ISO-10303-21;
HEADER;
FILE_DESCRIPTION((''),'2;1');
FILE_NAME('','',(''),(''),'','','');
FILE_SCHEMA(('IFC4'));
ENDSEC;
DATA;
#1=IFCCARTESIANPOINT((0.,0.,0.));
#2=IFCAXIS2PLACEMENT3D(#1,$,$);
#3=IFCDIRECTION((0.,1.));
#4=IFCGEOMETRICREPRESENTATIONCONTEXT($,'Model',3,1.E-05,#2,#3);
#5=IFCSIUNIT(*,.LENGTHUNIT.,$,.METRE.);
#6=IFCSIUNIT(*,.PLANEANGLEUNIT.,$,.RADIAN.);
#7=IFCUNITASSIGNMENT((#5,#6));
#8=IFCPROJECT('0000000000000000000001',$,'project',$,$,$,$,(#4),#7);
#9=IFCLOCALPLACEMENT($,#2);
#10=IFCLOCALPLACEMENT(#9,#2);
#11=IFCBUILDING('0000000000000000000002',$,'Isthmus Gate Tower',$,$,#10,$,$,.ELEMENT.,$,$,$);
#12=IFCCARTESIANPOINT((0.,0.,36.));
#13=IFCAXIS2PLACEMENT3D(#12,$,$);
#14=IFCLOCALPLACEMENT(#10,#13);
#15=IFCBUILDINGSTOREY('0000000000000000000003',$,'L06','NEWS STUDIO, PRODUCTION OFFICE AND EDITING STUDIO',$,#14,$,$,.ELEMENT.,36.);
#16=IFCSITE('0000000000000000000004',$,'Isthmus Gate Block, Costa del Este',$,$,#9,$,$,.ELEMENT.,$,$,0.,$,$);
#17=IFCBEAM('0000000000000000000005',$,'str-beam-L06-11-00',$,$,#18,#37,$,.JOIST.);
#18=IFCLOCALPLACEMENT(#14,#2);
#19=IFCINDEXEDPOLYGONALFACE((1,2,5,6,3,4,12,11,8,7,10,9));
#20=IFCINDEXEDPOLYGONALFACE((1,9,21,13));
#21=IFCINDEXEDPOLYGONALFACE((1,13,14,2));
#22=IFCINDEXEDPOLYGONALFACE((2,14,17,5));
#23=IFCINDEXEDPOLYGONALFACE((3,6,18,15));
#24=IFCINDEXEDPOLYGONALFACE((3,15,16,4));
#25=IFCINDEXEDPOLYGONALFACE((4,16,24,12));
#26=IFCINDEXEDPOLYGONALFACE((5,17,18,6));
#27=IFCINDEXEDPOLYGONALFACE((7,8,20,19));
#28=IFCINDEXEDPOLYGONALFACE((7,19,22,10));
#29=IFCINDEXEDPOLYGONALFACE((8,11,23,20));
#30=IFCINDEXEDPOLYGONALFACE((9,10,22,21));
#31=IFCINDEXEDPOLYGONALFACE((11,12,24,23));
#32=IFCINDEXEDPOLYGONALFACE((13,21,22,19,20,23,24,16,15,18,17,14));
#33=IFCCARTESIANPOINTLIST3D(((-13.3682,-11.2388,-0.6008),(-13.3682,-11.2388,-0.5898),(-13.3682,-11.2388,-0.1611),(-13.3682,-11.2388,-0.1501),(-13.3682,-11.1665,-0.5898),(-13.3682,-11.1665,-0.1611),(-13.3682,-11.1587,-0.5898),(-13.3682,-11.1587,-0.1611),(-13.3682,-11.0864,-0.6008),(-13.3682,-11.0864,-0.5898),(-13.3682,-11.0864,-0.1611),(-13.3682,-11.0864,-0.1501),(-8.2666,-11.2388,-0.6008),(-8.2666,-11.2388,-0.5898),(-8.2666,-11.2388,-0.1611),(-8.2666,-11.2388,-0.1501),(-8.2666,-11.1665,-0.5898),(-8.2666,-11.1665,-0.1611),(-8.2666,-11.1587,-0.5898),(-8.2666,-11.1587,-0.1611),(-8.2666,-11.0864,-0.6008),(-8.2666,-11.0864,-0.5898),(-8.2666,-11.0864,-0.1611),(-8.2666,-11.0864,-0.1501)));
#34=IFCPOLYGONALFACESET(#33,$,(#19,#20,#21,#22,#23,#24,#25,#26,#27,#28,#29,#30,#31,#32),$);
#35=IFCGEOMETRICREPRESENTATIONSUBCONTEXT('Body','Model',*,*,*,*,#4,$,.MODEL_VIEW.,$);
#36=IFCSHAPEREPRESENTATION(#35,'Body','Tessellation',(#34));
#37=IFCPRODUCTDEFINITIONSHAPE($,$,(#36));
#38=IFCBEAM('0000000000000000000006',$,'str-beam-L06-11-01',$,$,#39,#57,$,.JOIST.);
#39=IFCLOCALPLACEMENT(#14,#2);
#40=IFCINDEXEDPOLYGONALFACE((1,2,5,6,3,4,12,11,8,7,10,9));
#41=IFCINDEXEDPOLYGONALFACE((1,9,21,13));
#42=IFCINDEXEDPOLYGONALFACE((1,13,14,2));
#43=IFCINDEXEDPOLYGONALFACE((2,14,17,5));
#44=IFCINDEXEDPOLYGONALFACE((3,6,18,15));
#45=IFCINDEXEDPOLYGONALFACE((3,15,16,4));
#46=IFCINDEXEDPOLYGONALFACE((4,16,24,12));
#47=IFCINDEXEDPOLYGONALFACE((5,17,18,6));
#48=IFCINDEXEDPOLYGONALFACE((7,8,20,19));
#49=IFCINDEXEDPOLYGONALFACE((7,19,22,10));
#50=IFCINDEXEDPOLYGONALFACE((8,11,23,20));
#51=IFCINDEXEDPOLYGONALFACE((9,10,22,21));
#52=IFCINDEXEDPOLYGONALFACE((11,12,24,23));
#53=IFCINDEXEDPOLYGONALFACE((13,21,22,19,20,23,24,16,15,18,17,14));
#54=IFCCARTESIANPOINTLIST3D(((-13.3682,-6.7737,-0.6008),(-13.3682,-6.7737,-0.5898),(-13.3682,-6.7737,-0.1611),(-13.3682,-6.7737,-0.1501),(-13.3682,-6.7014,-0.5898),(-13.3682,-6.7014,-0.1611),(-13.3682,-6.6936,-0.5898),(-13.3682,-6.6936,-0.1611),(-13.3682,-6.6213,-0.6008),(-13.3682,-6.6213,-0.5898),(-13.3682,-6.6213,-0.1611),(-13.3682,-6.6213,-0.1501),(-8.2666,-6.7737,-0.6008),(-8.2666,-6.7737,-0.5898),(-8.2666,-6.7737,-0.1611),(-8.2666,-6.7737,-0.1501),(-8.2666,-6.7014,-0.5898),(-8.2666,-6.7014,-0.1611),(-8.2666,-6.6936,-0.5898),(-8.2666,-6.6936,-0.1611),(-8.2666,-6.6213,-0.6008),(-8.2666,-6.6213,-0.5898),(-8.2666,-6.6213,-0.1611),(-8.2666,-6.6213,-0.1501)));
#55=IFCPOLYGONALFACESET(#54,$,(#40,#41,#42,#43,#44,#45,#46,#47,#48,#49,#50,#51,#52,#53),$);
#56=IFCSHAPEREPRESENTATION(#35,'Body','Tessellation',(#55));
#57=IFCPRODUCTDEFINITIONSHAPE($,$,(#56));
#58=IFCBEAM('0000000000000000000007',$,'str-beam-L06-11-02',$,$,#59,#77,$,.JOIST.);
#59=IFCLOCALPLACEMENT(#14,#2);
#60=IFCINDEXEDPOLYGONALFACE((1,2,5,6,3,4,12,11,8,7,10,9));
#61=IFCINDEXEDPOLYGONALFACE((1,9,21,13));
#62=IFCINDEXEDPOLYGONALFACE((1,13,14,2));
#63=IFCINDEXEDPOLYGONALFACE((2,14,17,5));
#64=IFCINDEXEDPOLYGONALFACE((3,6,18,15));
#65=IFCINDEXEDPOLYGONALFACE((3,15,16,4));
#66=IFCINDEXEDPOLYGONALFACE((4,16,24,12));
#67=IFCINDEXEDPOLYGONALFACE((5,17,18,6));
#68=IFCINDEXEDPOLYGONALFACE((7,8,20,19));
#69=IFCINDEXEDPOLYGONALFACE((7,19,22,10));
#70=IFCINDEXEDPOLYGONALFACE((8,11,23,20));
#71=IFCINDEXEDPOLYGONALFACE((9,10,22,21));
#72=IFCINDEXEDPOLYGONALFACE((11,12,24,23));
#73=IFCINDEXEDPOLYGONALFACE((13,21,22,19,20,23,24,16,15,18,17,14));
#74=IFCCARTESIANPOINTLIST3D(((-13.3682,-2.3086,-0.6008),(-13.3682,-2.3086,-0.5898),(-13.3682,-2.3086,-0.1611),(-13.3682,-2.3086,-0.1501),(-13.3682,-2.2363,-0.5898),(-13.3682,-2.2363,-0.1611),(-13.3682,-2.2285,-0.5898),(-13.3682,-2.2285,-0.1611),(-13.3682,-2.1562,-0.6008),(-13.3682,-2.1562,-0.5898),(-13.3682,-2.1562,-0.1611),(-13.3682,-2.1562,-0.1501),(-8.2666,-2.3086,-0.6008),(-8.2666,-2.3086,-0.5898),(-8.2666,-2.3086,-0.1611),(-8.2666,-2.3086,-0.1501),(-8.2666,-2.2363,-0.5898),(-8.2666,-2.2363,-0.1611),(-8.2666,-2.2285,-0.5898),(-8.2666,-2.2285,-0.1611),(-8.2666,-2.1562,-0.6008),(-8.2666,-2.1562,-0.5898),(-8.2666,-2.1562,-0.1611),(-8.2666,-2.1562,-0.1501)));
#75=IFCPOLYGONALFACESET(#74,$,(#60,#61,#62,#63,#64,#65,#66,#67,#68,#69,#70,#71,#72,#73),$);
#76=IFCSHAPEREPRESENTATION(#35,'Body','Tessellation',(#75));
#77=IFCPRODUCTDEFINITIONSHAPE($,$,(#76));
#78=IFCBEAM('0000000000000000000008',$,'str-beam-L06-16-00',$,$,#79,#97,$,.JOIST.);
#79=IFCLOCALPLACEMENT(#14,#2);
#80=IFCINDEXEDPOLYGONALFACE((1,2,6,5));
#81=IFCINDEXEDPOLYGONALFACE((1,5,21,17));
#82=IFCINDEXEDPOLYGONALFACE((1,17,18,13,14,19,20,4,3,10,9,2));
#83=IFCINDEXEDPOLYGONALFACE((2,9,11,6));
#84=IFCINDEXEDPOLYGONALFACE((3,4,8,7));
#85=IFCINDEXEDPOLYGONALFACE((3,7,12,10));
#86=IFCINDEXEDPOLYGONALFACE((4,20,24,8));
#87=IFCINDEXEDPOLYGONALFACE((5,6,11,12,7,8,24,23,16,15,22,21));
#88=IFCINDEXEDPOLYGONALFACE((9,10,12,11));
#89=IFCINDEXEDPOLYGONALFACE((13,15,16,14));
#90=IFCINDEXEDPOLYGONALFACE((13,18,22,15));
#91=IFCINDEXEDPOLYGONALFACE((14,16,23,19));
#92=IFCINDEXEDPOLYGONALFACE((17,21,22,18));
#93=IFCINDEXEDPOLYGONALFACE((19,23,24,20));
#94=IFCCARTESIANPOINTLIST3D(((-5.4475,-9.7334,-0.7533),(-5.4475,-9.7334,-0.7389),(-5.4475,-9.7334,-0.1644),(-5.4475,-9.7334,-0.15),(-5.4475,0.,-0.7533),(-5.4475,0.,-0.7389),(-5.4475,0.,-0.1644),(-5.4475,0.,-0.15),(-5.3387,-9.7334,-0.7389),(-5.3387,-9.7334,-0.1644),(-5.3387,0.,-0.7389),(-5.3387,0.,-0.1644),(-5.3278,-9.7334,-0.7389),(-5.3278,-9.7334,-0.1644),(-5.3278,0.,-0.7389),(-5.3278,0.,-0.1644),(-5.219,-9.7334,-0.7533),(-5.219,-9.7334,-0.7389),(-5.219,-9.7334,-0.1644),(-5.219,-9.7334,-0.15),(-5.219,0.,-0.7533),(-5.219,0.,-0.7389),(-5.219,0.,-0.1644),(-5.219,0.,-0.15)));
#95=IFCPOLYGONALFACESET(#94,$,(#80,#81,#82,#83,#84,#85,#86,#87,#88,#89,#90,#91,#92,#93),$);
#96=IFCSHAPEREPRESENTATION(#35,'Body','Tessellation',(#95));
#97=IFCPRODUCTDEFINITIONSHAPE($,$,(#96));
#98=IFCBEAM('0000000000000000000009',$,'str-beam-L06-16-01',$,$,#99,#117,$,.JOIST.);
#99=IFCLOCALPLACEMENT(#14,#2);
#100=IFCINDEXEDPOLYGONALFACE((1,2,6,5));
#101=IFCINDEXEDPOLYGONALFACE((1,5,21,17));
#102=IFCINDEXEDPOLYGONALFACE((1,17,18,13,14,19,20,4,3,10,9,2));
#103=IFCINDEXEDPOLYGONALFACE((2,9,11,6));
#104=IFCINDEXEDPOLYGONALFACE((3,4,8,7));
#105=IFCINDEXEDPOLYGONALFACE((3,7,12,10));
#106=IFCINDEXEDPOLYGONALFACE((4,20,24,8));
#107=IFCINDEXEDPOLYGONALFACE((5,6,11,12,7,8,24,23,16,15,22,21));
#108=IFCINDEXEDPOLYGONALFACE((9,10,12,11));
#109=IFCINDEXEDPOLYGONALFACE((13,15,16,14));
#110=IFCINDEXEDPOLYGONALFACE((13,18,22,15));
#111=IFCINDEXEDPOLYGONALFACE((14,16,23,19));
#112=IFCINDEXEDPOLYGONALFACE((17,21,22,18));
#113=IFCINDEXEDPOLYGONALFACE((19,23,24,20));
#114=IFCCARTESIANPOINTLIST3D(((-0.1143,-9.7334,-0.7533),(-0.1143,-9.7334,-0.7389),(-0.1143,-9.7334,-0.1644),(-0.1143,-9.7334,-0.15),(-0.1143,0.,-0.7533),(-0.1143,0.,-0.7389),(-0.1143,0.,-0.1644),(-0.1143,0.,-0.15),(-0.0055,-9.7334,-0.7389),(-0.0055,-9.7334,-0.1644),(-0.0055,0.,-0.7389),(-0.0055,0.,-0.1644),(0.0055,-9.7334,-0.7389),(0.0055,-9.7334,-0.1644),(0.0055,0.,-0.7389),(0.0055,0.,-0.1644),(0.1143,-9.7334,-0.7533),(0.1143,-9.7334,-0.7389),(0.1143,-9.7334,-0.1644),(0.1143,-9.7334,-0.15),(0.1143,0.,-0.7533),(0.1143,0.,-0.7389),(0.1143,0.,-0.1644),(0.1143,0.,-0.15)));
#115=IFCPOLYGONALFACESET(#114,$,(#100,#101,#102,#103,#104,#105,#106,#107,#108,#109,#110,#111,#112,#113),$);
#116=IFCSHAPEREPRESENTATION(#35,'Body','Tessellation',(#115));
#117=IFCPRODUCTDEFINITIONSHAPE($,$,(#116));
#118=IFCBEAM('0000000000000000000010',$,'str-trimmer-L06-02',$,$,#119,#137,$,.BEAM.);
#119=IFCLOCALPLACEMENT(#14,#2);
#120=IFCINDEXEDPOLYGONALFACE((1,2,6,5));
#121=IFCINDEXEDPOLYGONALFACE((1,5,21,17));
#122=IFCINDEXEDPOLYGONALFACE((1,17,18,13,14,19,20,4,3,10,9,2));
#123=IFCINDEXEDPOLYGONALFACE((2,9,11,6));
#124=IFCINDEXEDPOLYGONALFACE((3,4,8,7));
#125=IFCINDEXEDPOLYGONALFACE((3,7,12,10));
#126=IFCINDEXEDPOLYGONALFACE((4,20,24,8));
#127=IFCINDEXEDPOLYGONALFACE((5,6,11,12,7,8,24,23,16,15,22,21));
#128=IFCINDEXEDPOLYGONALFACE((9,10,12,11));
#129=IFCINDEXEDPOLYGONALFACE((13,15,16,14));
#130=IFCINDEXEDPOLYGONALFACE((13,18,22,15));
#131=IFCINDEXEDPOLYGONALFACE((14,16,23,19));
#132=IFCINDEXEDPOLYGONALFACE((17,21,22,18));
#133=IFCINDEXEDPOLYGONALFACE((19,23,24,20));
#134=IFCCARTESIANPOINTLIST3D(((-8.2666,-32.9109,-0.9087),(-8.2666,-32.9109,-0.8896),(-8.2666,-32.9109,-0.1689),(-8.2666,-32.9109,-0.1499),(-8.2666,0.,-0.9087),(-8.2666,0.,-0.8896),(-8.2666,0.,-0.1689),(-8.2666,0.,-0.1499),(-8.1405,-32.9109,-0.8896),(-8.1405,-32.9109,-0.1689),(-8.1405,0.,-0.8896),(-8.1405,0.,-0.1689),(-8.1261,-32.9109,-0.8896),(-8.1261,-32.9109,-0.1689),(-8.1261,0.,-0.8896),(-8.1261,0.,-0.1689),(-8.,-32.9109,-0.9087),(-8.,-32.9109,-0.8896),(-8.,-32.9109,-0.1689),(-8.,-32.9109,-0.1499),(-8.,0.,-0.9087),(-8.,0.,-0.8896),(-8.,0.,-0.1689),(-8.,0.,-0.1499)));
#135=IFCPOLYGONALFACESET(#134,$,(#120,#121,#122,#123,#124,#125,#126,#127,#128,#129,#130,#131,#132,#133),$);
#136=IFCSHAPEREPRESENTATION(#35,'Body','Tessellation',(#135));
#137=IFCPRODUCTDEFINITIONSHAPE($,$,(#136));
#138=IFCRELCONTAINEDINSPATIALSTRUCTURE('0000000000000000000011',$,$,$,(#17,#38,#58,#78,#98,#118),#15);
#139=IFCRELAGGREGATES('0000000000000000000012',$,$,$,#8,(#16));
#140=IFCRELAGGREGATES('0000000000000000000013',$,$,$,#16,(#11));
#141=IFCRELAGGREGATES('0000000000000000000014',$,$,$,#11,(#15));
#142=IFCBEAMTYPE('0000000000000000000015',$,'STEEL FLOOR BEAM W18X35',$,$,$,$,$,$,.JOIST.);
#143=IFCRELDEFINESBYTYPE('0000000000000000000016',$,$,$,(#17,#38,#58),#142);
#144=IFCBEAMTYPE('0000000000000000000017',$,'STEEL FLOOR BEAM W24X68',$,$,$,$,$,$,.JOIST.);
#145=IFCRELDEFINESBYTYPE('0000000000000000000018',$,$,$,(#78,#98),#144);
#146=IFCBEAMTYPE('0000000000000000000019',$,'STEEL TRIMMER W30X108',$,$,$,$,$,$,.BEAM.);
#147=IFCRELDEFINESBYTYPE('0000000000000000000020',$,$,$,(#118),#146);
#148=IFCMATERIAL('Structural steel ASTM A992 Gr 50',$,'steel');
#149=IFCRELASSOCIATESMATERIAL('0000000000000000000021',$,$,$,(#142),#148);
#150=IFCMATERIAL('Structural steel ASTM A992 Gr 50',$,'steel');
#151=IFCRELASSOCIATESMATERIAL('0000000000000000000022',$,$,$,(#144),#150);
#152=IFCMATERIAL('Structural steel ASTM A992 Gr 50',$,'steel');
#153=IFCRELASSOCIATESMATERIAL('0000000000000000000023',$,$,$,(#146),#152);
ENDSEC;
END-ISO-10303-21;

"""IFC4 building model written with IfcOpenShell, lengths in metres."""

from ifc_helpers import new_model, si_unit, direction, frame, origin, origin_2d, place, context, subcontext, project, spatial, i_section, extrude, material, material_profile, profile_set, type_object, element, save


model = new_model("IFC4")

# Units and contexts
model_context = context("Model", 3, precision=1e-05, world=origin(), true_north=direction((0.0, 1.0)))
body_context = subcontext(model_context, "Body", "Model", "MODEL_VIEW")
ifc_project = project(units=[si_unit("LENGTHUNIT", "METRE"), si_unit("PLANEANGLEUNIT", "RADIAN")], contexts=[model_context])

# Site, building, storey
site_placement = place(None, origin())
site = spatial("IfcSite", under=ifc_project, at=site_placement, Name="Isthmus Gate Block, Costa del Este", CompositionType="ELEMENT", RefElevation=0.0)
building_placement = place(site_placement, origin())
building = spatial("IfcBuilding", under=site, at=building_placement, Name="Isthmus Gate Tower", CompositionType="ELEMENT")
storey_placement = place(building_placement, frame((0.0, 0.0, 36.0)))
storey = spatial("IfcBuildingStorey", under=building, at=storey_placement, Name="L06", Description="NEWS STUDIO, PRODUCTION OFFICE AND EDITING STUDIO", CompositionType="ELEMENT", Elevation=36.0)

# Beams
ifc_material_1 = material(Name="Structural steel ASTM A992 Gr 50", Category="steel")
ifc_material_profile_1 = material_profile(ifc_material_1, i_section(OverallWidth=0.1523, OverallDepth=0.4507, WebThickness=0.0078, FlangeThickness=0.011, at=origin_2d()), Name="W18X35")
ifc_profile_set_1 = profile_set([ifc_material_profile_1], Name="Structural steel ASTM A992 Gr 50")
beam_type_1 = type_object("IfcBeamType", Name="STEEL FLOOR BEAM W18X35", PredefinedType="JOIST", material=ifc_profile_set_1)
for number, where, z_axis, x_axis, name in (
    (1, (-13.3682, -11.1626, -0.3755), (1.0, 0.0, 0.0), (0.0, 1.0, 0.0), "str-beam-L06-11-00"),
    (2, (-13.3682, -6.6975, -0.3755), (1.0, 0.0, 0.0), (0.0, 1.0, 0.0), "str-beam-L06-11-01"),
    (3, (-13.3682, -2.2324, -0.3755), (1.0, 0.0, 0.0), (0.0, 1.0, 0.0), "str-beam-L06-11-02"),
):
    element("IfcBeam", number, at=place(storey_placement, frame(where, z_axis=z_axis, x_axis=x_axis)), inside=storey, type_object=beam_type_1, Name=name, PredefinedType="JOIST", context=body_context, shape_type="SweptSolid", body=[
        extrude(i_section(OverallWidth=0.1523, OverallDepth=0.4507, WebThickness=0.0078, FlangeThickness=0.011, at=origin_2d()), origin(), (0.0, 0.0, 1.0), 5.1016),
    ])
ifc_material_2 = material(Name="Structural steel ASTM A992 Gr 50", Category="steel")
ifc_material_profile_2 = material_profile(ifc_material_2, i_section(OverallWidth=0.2285, OverallDepth=0.6033, WebThickness=0.011, FlangeThickness=0.0144, at=origin_2d()), Name="W24X68")
ifc_profile_set_2 = profile_set([ifc_material_profile_2], Name="Structural steel ASTM A992 Gr 50")
beam_type_2 = type_object("IfcBeamType", Name="STEEL FLOOR BEAM W24X68", PredefinedType="JOIST", material=ifc_profile_set_2)
for number, where, z_axis, x_axis, name in (
    (4, (-5.3333, -9.7334, -0.4517), (0.0, 1.0, 0.0), (-1.0, 0.0, 0.0), "str-beam-L06-16-00"),
    (5, (0.0, -9.7334, -0.4517), (0.0, 1.0, 0.0), (-1.0, 0.0, 0.0), "str-beam-L06-16-01"),
):
    element("IfcBeam", number, at=place(storey_placement, frame(where, z_axis=z_axis, x_axis=x_axis)), inside=storey, type_object=beam_type_2, Name=name, PredefinedType="JOIST", context=body_context, shape_type="SweptSolid", body=[
        extrude(i_section(OverallWidth=0.2285, OverallDepth=0.6033, WebThickness=0.011, FlangeThickness=0.0144, at=origin_2d()), origin(), (0.0, 0.0, 1.0), 9.7334),
    ])
ifc_material_3 = material(Name="Structural steel ASTM A992 Gr 50", Category="steel")
ifc_material_profile_3 = material_profile(ifc_material_3, i_section(OverallWidth=0.2666, OverallDepth=0.7588, WebThickness=0.0144, FlangeThickness=0.019, at=origin_2d()), Name="W30X108")
ifc_profile_set_3 = profile_set([ifc_material_profile_3], Name="Structural steel ASTM A992 Gr 50")
beam_type_3 = type_object("IfcBeamType", Name="STEEL TRIMMER W30X108", PredefinedType="BEAM", material=ifc_profile_set_3)
beam_placement = place(storey_placement, frame((-8.1333, 0.0, -0.5293), z_axis=(0.0, -1.0, 0.0), x_axis=(1.0, 0.0, 0.0)))
element("IfcBeam", 6, at=beam_placement, inside=storey, type_object=beam_type_3, Name="str-trimmer-L06-02", PredefinedType="BEAM", context=body_context, shape_type="SweptSolid", body=[
    extrude(i_section(OverallWidth=0.2666, OverallDepth=0.7588, WebThickness=0.0144, FlangeThickness=0.019, at=origin_2d()), origin(), (0.0, 0.0, 1.0), 32.9109),
])

save(model, "model.ifc")
